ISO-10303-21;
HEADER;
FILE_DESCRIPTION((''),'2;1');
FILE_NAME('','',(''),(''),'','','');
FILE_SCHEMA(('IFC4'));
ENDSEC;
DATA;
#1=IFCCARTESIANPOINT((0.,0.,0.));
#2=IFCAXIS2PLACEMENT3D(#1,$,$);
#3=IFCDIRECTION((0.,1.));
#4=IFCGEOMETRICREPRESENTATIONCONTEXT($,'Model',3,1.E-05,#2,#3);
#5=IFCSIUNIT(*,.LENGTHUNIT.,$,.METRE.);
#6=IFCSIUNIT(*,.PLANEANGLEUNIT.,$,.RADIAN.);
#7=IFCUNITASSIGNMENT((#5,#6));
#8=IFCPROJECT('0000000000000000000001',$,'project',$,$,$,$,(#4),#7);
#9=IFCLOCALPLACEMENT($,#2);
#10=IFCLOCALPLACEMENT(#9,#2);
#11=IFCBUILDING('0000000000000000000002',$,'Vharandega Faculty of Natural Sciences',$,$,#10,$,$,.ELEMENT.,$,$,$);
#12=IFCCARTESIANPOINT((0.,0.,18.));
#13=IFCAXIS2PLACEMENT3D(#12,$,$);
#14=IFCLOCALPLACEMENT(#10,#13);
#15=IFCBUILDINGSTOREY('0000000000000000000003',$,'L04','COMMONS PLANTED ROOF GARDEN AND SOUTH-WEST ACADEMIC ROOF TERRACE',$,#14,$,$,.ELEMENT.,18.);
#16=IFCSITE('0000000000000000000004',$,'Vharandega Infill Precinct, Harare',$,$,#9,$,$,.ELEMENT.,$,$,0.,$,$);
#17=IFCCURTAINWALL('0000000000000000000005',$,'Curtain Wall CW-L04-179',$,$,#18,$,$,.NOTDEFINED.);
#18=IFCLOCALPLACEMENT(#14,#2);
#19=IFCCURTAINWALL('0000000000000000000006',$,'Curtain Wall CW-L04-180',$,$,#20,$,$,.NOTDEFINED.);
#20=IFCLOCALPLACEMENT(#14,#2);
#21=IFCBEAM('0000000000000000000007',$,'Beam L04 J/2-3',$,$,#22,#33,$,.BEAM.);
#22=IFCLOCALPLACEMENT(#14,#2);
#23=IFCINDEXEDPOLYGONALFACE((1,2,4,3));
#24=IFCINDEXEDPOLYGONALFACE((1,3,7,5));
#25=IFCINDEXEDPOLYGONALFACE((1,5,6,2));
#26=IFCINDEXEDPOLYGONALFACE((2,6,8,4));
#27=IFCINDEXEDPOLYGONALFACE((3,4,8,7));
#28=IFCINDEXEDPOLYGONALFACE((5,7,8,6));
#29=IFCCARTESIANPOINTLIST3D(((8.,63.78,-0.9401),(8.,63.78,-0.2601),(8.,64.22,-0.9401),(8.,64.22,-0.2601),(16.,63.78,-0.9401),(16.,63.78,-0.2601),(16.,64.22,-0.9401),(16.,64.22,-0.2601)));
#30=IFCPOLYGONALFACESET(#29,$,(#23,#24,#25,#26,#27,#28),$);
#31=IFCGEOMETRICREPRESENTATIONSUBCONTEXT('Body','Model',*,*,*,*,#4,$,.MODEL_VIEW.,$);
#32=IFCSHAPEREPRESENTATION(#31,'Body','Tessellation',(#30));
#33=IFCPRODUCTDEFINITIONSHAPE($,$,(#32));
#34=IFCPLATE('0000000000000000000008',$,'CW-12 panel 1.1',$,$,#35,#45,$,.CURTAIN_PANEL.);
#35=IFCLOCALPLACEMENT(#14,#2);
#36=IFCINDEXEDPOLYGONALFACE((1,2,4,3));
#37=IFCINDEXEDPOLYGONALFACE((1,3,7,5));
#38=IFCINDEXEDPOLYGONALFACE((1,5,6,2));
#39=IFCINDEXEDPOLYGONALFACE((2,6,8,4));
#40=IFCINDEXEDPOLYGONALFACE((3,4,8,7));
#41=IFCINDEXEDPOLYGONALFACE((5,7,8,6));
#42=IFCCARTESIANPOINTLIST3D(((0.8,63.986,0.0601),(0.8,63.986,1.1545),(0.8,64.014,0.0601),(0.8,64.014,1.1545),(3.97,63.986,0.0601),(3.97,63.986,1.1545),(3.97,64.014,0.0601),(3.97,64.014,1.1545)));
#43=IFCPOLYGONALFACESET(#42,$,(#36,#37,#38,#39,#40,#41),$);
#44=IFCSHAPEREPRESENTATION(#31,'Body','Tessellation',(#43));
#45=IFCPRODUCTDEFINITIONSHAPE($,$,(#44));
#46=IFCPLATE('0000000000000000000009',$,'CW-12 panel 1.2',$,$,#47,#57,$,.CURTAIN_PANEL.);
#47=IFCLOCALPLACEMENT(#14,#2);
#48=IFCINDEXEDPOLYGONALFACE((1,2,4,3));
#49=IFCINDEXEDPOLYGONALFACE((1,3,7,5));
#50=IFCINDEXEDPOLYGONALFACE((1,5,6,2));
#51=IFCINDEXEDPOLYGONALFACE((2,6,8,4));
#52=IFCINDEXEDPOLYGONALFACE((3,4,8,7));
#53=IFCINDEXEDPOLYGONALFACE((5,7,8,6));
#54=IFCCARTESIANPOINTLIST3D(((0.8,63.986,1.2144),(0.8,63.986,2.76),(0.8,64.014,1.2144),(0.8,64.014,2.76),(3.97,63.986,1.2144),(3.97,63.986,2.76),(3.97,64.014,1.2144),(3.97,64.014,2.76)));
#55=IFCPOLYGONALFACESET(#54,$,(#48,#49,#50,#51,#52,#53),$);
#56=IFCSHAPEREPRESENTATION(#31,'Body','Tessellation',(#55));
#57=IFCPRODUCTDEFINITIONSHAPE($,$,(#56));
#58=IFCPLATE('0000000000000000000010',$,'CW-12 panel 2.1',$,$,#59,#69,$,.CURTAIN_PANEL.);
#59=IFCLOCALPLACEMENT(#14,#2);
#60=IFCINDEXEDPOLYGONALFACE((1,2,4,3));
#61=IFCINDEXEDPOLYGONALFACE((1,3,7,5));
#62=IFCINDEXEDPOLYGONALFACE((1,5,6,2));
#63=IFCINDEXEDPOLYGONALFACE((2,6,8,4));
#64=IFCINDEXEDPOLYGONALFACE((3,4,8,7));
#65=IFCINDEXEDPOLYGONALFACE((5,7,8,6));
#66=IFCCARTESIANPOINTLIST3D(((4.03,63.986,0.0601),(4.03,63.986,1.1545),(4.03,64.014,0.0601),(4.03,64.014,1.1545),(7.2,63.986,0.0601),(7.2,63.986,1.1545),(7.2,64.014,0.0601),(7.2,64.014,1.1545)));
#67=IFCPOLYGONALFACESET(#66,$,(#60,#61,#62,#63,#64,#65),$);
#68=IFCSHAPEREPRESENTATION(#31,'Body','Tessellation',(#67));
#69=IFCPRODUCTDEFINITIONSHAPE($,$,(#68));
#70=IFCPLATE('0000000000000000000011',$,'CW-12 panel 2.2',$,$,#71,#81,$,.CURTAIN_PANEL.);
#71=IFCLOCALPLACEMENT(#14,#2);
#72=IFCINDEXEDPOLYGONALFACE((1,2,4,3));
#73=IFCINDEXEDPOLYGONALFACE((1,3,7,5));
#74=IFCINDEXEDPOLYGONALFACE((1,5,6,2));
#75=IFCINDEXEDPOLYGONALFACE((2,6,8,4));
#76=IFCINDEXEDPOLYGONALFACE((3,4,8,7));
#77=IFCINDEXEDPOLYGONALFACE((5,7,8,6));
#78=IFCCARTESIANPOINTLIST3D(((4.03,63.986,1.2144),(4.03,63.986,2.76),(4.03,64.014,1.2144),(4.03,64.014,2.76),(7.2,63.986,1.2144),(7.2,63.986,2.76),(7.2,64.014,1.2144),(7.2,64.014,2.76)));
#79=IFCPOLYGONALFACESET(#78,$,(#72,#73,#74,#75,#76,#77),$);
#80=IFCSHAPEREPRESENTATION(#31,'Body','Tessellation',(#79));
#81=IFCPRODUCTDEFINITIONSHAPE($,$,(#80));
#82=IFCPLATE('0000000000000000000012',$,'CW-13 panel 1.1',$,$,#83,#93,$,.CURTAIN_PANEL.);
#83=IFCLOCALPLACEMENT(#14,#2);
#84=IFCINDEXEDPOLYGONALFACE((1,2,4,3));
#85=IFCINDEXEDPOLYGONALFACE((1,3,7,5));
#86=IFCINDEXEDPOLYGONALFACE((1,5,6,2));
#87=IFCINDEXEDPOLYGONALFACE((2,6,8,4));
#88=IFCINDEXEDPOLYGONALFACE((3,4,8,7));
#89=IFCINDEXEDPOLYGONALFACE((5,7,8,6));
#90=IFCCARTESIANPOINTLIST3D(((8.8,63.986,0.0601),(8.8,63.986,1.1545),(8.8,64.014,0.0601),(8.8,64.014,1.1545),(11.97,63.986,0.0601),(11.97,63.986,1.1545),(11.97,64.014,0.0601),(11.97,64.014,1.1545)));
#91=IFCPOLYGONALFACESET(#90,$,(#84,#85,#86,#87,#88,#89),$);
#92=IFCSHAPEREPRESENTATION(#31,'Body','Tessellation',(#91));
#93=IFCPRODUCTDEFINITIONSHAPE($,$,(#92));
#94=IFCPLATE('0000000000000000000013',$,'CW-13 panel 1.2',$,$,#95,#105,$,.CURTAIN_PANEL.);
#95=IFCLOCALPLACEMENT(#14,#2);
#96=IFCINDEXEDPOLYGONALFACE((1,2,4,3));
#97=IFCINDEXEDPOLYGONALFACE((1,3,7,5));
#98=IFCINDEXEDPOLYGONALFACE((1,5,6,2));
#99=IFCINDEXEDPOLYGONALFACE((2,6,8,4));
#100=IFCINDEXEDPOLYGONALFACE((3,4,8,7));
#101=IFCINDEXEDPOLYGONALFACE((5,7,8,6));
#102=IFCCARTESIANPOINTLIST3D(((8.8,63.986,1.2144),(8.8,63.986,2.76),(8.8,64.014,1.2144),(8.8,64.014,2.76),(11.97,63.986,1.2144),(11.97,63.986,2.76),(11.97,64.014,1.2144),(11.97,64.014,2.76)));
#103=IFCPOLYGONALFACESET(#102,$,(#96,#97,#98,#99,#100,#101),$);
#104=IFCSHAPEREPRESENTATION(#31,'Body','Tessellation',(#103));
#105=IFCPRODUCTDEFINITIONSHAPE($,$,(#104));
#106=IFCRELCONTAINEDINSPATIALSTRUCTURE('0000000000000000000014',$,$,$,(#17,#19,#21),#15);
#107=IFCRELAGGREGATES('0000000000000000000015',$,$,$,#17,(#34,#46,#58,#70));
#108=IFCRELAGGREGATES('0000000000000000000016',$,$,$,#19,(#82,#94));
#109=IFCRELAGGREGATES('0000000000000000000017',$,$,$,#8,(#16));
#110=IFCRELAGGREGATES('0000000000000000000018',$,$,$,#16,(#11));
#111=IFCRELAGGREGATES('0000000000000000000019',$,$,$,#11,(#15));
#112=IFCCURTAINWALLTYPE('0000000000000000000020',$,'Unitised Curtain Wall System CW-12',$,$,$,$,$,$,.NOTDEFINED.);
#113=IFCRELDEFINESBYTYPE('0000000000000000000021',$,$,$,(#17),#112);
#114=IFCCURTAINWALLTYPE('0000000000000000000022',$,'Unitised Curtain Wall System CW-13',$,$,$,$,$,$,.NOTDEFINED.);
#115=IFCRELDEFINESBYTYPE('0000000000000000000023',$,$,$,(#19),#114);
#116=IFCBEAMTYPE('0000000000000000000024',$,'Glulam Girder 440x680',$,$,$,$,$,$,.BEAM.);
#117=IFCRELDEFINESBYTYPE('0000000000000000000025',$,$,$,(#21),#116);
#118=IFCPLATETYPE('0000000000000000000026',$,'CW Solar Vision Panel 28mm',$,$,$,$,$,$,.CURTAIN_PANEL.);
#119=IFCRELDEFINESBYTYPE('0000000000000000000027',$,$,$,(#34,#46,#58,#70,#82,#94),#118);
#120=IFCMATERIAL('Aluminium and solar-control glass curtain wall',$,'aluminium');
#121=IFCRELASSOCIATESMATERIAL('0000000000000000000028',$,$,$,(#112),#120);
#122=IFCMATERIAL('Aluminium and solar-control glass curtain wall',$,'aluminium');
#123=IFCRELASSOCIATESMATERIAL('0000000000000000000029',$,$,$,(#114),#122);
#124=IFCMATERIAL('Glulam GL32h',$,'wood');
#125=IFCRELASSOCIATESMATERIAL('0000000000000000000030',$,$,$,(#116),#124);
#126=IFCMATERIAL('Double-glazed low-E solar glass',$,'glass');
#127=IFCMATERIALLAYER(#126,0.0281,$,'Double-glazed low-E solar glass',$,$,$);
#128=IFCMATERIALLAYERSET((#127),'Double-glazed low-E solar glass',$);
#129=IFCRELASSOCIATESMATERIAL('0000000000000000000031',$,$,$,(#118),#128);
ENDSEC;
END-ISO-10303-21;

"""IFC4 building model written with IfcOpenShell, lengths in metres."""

from ifc_helpers import new_model, si_unit, direction, frame, origin, origin_2d, place, context, subcontext, project, spatial, rectangle, extrude, material, layer, layer_set, material_profile, profile_set, type_object, element, aggregate, save


model = new_model("IFC4")

# Units and contexts
model_context = context("Model", 3, precision=1e-05, world=origin(), true_north=direction((0.0, 1.0)))
body_context = subcontext(model_context, "Body", "Model", "MODEL_VIEW")
ifc_project = project(units=[si_unit("LENGTHUNIT", "METRE"), si_unit("PLANEANGLEUNIT", "RADIAN")], contexts=[model_context])

# Site, building, storey
site_placement = place(None, origin())
site = spatial("IfcSite", under=ifc_project, at=site_placement, Name="Vharandega Infill Precinct, Harare", CompositionType="ELEMENT", RefElevation=0.0)
building_placement = place(site_placement, origin())
building = spatial("IfcBuilding", under=site, at=building_placement, Name="Vharandega Faculty of Natural Sciences", CompositionType="ELEMENT")
storey_placement = place(building_placement, frame((0.0, 0.0, 18.0)))
storey = spatial("IfcBuildingStorey", under=building, at=storey_placement, Name="L04", Description="COMMONS PLANTED ROOF GARDEN AND SOUTH-WEST ACADEMIC ROOF TERRACE", CompositionType="ELEMENT", Elevation=18.0)

# Curtain walls
ifc_material_1 = material(Name="Aluminium and solar-control glass curtain wall", Category="aluminium")
curtain_wall_type_1 = type_object("IfcCurtainWallType", Name="Unitised Curtain Wall System CW-12", PredefinedType="NOTDEFINED", material=ifc_material_1)
curtain_wall_1_placement = place(storey_placement, origin())
curtain_wall_1 = element("IfcCurtainWall", 1, at=curtain_wall_1_placement, inside=storey, type_object=curtain_wall_type_1, Name="Curtain Wall CW-L04-179", PredefinedType="NOTDEFINED")
ifc_material_2 = material(Name="Aluminium and solar-control glass curtain wall", Category="aluminium")
curtain_wall_type_2 = type_object("IfcCurtainWallType", Name="Unitised Curtain Wall System CW-13", PredefinedType="NOTDEFINED", material=ifc_material_2)
curtain_wall_2_placement = place(storey_placement, origin())
curtain_wall_2 = element("IfcCurtainWall", 2, at=curtain_wall_2_placement, inside=storey, type_object=curtain_wall_type_2, Name="Curtain Wall CW-L04-180", PredefinedType="NOTDEFINED")

# Beam
ifc_material_3 = material(Name="Glulam GL32h", Category="wood")
ifc_material_profile_1 = material_profile(ifc_material_3, rectangle(XDim=0.4399, YDim=0.6799, at=origin_2d()), Name="GL32h 440x680")
ifc_profile_set_1 = profile_set([ifc_material_profile_1], Name="Glulam GL32h")
beam_type_1 = type_object("IfcBeamType", Name="Glulam Girder 440x680", PredefinedType="BEAM", material=ifc_profile_set_1)
beam_1_placement = place(storey_placement, frame((8.0, 64.0, -0.6001), z_axis=(1.0, 0.0, 0.0), x_axis=(0.0, 1.0, 0.0)))
element("IfcBeam", 3, at=beam_1_placement, inside=storey, type_object=beam_type_1, Name="Beam L04 J/2-3", PredefinedType="BEAM", context=body_context, shape_type="SweptSolid", body=[
    extrude(rectangle(XDim=0.4399, YDim=0.6799, at=origin_2d()), origin(), (0.0, 0.0, 1.0), 8.0),
])

# Plates
ifc_material_4 = material(Name="Double-glazed low-E solar glass", Category="glass")
ifc_layer = layer(ifc_material_4, 0.0281, Name="Double-glazed low-E solar glass")
ifc_layer_set = layer_set([ifc_layer], Name="Double-glazed low-E solar glass")
plate_type = type_object("IfcPlateType", Name="CW Solar Vision Panel 28mm", PredefinedType="CURTAIN_PANEL", material=ifc_layer_set)
plate_1_placement = place(storey_placement, frame((2.385, 64.0, 0.0601), z_axis=(0.0, 0.0, 1.0), x_axis=(1.0, 0.0, 0.0)))
plate_1 = element("IfcPlate", 4, at=plate_1_placement, type_object=plate_type, Name="CW-12 panel 1.1", PredefinedType="CURTAIN_PANEL", context=body_context, shape_type="SweptSolid", body=[
    extrude(rectangle(XDim=3.1699, YDim=0.0281, at=origin_2d()), origin(), (0.0, 0.0, 1.0), 1.0945),
])
plate_2_placement = place(storey_placement, frame((2.385, 64.0, 1.2144), z_axis=(0.0, 0.0, 1.0), x_axis=(1.0, 0.0, 0.0)))
plate_2 = element("IfcPlate", 5, at=plate_2_placement, type_object=plate_type, Name="CW-12 panel 1.2", PredefinedType="CURTAIN_PANEL", context=body_context, shape_type="SweptSolid", body=[
    extrude(rectangle(XDim=3.1699, YDim=0.0281, at=origin_2d()), origin(), (0.0, 0.0, 1.0), 1.5457),
])
plate_3_placement = place(storey_placement, frame((5.615, 64.0, 0.0601), z_axis=(0.0, 0.0, 1.0), x_axis=(1.0, 0.0, 0.0)))
plate_3 = element("IfcPlate", 6, at=plate_3_placement, type_object=plate_type, Name="CW-12 panel 2.1", PredefinedType="CURTAIN_PANEL", context=body_context, shape_type="SweptSolid", body=[
    extrude(rectangle(XDim=3.1699, YDim=0.0281, at=origin_2d()), origin(), (0.0, 0.0, 1.0), 1.0945),
])
plate_4_placement = place(storey_placement, frame((5.615, 64.0, 1.2144), z_axis=(0.0, 0.0, 1.0), x_axis=(1.0, 0.0, 0.0)))
plate_4 = element("IfcPlate", 7, at=plate_4_placement, type_object=plate_type, Name="CW-12 panel 2.2", PredefinedType="CURTAIN_PANEL", context=body_context, shape_type="SweptSolid", body=[
    extrude(rectangle(XDim=3.1699, YDim=0.0281, at=origin_2d()), origin(), (0.0, 0.0, 1.0), 1.5457),
])
aggregate(curtain_wall_1, [plate_1, plate_2, plate_3, plate_4])
plate_5_placement = place(storey_placement, frame((10.385, 64.0, 0.0601), z_axis=(0.0, 0.0, 1.0), x_axis=(1.0, 0.0, 0.0)))
plate_5 = element("IfcPlate", 8, at=plate_5_placement, type_object=plate_type, Name="CW-13 panel 1.1", PredefinedType="CURTAIN_PANEL", context=body_context, shape_type="SweptSolid", body=[
    extrude(rectangle(XDim=3.1699, YDim=0.0281, at=origin_2d()), origin(), (0.0, 0.0, 1.0), 1.0945),
])
plate_6_placement = place(storey_placement, frame((10.385, 64.0, 1.2144), z_axis=(0.0, 0.0, 1.0), x_axis=(1.0, 0.0, 0.0)))
plate_6 = element("IfcPlate", 9, at=plate_6_placement, type_object=plate_type, Name="CW-13 panel 1.2", PredefinedType="CURTAIN_PANEL", context=body_context, shape_type="SweptSolid", body=[
    extrude(rectangle(XDim=3.1699, YDim=0.0281, at=origin_2d()), origin(), (0.0, 0.0, 1.0), 1.5457),
])
aggregate(curtain_wall_2, [plate_5, plate_6])

save(model, "model.ifc")
